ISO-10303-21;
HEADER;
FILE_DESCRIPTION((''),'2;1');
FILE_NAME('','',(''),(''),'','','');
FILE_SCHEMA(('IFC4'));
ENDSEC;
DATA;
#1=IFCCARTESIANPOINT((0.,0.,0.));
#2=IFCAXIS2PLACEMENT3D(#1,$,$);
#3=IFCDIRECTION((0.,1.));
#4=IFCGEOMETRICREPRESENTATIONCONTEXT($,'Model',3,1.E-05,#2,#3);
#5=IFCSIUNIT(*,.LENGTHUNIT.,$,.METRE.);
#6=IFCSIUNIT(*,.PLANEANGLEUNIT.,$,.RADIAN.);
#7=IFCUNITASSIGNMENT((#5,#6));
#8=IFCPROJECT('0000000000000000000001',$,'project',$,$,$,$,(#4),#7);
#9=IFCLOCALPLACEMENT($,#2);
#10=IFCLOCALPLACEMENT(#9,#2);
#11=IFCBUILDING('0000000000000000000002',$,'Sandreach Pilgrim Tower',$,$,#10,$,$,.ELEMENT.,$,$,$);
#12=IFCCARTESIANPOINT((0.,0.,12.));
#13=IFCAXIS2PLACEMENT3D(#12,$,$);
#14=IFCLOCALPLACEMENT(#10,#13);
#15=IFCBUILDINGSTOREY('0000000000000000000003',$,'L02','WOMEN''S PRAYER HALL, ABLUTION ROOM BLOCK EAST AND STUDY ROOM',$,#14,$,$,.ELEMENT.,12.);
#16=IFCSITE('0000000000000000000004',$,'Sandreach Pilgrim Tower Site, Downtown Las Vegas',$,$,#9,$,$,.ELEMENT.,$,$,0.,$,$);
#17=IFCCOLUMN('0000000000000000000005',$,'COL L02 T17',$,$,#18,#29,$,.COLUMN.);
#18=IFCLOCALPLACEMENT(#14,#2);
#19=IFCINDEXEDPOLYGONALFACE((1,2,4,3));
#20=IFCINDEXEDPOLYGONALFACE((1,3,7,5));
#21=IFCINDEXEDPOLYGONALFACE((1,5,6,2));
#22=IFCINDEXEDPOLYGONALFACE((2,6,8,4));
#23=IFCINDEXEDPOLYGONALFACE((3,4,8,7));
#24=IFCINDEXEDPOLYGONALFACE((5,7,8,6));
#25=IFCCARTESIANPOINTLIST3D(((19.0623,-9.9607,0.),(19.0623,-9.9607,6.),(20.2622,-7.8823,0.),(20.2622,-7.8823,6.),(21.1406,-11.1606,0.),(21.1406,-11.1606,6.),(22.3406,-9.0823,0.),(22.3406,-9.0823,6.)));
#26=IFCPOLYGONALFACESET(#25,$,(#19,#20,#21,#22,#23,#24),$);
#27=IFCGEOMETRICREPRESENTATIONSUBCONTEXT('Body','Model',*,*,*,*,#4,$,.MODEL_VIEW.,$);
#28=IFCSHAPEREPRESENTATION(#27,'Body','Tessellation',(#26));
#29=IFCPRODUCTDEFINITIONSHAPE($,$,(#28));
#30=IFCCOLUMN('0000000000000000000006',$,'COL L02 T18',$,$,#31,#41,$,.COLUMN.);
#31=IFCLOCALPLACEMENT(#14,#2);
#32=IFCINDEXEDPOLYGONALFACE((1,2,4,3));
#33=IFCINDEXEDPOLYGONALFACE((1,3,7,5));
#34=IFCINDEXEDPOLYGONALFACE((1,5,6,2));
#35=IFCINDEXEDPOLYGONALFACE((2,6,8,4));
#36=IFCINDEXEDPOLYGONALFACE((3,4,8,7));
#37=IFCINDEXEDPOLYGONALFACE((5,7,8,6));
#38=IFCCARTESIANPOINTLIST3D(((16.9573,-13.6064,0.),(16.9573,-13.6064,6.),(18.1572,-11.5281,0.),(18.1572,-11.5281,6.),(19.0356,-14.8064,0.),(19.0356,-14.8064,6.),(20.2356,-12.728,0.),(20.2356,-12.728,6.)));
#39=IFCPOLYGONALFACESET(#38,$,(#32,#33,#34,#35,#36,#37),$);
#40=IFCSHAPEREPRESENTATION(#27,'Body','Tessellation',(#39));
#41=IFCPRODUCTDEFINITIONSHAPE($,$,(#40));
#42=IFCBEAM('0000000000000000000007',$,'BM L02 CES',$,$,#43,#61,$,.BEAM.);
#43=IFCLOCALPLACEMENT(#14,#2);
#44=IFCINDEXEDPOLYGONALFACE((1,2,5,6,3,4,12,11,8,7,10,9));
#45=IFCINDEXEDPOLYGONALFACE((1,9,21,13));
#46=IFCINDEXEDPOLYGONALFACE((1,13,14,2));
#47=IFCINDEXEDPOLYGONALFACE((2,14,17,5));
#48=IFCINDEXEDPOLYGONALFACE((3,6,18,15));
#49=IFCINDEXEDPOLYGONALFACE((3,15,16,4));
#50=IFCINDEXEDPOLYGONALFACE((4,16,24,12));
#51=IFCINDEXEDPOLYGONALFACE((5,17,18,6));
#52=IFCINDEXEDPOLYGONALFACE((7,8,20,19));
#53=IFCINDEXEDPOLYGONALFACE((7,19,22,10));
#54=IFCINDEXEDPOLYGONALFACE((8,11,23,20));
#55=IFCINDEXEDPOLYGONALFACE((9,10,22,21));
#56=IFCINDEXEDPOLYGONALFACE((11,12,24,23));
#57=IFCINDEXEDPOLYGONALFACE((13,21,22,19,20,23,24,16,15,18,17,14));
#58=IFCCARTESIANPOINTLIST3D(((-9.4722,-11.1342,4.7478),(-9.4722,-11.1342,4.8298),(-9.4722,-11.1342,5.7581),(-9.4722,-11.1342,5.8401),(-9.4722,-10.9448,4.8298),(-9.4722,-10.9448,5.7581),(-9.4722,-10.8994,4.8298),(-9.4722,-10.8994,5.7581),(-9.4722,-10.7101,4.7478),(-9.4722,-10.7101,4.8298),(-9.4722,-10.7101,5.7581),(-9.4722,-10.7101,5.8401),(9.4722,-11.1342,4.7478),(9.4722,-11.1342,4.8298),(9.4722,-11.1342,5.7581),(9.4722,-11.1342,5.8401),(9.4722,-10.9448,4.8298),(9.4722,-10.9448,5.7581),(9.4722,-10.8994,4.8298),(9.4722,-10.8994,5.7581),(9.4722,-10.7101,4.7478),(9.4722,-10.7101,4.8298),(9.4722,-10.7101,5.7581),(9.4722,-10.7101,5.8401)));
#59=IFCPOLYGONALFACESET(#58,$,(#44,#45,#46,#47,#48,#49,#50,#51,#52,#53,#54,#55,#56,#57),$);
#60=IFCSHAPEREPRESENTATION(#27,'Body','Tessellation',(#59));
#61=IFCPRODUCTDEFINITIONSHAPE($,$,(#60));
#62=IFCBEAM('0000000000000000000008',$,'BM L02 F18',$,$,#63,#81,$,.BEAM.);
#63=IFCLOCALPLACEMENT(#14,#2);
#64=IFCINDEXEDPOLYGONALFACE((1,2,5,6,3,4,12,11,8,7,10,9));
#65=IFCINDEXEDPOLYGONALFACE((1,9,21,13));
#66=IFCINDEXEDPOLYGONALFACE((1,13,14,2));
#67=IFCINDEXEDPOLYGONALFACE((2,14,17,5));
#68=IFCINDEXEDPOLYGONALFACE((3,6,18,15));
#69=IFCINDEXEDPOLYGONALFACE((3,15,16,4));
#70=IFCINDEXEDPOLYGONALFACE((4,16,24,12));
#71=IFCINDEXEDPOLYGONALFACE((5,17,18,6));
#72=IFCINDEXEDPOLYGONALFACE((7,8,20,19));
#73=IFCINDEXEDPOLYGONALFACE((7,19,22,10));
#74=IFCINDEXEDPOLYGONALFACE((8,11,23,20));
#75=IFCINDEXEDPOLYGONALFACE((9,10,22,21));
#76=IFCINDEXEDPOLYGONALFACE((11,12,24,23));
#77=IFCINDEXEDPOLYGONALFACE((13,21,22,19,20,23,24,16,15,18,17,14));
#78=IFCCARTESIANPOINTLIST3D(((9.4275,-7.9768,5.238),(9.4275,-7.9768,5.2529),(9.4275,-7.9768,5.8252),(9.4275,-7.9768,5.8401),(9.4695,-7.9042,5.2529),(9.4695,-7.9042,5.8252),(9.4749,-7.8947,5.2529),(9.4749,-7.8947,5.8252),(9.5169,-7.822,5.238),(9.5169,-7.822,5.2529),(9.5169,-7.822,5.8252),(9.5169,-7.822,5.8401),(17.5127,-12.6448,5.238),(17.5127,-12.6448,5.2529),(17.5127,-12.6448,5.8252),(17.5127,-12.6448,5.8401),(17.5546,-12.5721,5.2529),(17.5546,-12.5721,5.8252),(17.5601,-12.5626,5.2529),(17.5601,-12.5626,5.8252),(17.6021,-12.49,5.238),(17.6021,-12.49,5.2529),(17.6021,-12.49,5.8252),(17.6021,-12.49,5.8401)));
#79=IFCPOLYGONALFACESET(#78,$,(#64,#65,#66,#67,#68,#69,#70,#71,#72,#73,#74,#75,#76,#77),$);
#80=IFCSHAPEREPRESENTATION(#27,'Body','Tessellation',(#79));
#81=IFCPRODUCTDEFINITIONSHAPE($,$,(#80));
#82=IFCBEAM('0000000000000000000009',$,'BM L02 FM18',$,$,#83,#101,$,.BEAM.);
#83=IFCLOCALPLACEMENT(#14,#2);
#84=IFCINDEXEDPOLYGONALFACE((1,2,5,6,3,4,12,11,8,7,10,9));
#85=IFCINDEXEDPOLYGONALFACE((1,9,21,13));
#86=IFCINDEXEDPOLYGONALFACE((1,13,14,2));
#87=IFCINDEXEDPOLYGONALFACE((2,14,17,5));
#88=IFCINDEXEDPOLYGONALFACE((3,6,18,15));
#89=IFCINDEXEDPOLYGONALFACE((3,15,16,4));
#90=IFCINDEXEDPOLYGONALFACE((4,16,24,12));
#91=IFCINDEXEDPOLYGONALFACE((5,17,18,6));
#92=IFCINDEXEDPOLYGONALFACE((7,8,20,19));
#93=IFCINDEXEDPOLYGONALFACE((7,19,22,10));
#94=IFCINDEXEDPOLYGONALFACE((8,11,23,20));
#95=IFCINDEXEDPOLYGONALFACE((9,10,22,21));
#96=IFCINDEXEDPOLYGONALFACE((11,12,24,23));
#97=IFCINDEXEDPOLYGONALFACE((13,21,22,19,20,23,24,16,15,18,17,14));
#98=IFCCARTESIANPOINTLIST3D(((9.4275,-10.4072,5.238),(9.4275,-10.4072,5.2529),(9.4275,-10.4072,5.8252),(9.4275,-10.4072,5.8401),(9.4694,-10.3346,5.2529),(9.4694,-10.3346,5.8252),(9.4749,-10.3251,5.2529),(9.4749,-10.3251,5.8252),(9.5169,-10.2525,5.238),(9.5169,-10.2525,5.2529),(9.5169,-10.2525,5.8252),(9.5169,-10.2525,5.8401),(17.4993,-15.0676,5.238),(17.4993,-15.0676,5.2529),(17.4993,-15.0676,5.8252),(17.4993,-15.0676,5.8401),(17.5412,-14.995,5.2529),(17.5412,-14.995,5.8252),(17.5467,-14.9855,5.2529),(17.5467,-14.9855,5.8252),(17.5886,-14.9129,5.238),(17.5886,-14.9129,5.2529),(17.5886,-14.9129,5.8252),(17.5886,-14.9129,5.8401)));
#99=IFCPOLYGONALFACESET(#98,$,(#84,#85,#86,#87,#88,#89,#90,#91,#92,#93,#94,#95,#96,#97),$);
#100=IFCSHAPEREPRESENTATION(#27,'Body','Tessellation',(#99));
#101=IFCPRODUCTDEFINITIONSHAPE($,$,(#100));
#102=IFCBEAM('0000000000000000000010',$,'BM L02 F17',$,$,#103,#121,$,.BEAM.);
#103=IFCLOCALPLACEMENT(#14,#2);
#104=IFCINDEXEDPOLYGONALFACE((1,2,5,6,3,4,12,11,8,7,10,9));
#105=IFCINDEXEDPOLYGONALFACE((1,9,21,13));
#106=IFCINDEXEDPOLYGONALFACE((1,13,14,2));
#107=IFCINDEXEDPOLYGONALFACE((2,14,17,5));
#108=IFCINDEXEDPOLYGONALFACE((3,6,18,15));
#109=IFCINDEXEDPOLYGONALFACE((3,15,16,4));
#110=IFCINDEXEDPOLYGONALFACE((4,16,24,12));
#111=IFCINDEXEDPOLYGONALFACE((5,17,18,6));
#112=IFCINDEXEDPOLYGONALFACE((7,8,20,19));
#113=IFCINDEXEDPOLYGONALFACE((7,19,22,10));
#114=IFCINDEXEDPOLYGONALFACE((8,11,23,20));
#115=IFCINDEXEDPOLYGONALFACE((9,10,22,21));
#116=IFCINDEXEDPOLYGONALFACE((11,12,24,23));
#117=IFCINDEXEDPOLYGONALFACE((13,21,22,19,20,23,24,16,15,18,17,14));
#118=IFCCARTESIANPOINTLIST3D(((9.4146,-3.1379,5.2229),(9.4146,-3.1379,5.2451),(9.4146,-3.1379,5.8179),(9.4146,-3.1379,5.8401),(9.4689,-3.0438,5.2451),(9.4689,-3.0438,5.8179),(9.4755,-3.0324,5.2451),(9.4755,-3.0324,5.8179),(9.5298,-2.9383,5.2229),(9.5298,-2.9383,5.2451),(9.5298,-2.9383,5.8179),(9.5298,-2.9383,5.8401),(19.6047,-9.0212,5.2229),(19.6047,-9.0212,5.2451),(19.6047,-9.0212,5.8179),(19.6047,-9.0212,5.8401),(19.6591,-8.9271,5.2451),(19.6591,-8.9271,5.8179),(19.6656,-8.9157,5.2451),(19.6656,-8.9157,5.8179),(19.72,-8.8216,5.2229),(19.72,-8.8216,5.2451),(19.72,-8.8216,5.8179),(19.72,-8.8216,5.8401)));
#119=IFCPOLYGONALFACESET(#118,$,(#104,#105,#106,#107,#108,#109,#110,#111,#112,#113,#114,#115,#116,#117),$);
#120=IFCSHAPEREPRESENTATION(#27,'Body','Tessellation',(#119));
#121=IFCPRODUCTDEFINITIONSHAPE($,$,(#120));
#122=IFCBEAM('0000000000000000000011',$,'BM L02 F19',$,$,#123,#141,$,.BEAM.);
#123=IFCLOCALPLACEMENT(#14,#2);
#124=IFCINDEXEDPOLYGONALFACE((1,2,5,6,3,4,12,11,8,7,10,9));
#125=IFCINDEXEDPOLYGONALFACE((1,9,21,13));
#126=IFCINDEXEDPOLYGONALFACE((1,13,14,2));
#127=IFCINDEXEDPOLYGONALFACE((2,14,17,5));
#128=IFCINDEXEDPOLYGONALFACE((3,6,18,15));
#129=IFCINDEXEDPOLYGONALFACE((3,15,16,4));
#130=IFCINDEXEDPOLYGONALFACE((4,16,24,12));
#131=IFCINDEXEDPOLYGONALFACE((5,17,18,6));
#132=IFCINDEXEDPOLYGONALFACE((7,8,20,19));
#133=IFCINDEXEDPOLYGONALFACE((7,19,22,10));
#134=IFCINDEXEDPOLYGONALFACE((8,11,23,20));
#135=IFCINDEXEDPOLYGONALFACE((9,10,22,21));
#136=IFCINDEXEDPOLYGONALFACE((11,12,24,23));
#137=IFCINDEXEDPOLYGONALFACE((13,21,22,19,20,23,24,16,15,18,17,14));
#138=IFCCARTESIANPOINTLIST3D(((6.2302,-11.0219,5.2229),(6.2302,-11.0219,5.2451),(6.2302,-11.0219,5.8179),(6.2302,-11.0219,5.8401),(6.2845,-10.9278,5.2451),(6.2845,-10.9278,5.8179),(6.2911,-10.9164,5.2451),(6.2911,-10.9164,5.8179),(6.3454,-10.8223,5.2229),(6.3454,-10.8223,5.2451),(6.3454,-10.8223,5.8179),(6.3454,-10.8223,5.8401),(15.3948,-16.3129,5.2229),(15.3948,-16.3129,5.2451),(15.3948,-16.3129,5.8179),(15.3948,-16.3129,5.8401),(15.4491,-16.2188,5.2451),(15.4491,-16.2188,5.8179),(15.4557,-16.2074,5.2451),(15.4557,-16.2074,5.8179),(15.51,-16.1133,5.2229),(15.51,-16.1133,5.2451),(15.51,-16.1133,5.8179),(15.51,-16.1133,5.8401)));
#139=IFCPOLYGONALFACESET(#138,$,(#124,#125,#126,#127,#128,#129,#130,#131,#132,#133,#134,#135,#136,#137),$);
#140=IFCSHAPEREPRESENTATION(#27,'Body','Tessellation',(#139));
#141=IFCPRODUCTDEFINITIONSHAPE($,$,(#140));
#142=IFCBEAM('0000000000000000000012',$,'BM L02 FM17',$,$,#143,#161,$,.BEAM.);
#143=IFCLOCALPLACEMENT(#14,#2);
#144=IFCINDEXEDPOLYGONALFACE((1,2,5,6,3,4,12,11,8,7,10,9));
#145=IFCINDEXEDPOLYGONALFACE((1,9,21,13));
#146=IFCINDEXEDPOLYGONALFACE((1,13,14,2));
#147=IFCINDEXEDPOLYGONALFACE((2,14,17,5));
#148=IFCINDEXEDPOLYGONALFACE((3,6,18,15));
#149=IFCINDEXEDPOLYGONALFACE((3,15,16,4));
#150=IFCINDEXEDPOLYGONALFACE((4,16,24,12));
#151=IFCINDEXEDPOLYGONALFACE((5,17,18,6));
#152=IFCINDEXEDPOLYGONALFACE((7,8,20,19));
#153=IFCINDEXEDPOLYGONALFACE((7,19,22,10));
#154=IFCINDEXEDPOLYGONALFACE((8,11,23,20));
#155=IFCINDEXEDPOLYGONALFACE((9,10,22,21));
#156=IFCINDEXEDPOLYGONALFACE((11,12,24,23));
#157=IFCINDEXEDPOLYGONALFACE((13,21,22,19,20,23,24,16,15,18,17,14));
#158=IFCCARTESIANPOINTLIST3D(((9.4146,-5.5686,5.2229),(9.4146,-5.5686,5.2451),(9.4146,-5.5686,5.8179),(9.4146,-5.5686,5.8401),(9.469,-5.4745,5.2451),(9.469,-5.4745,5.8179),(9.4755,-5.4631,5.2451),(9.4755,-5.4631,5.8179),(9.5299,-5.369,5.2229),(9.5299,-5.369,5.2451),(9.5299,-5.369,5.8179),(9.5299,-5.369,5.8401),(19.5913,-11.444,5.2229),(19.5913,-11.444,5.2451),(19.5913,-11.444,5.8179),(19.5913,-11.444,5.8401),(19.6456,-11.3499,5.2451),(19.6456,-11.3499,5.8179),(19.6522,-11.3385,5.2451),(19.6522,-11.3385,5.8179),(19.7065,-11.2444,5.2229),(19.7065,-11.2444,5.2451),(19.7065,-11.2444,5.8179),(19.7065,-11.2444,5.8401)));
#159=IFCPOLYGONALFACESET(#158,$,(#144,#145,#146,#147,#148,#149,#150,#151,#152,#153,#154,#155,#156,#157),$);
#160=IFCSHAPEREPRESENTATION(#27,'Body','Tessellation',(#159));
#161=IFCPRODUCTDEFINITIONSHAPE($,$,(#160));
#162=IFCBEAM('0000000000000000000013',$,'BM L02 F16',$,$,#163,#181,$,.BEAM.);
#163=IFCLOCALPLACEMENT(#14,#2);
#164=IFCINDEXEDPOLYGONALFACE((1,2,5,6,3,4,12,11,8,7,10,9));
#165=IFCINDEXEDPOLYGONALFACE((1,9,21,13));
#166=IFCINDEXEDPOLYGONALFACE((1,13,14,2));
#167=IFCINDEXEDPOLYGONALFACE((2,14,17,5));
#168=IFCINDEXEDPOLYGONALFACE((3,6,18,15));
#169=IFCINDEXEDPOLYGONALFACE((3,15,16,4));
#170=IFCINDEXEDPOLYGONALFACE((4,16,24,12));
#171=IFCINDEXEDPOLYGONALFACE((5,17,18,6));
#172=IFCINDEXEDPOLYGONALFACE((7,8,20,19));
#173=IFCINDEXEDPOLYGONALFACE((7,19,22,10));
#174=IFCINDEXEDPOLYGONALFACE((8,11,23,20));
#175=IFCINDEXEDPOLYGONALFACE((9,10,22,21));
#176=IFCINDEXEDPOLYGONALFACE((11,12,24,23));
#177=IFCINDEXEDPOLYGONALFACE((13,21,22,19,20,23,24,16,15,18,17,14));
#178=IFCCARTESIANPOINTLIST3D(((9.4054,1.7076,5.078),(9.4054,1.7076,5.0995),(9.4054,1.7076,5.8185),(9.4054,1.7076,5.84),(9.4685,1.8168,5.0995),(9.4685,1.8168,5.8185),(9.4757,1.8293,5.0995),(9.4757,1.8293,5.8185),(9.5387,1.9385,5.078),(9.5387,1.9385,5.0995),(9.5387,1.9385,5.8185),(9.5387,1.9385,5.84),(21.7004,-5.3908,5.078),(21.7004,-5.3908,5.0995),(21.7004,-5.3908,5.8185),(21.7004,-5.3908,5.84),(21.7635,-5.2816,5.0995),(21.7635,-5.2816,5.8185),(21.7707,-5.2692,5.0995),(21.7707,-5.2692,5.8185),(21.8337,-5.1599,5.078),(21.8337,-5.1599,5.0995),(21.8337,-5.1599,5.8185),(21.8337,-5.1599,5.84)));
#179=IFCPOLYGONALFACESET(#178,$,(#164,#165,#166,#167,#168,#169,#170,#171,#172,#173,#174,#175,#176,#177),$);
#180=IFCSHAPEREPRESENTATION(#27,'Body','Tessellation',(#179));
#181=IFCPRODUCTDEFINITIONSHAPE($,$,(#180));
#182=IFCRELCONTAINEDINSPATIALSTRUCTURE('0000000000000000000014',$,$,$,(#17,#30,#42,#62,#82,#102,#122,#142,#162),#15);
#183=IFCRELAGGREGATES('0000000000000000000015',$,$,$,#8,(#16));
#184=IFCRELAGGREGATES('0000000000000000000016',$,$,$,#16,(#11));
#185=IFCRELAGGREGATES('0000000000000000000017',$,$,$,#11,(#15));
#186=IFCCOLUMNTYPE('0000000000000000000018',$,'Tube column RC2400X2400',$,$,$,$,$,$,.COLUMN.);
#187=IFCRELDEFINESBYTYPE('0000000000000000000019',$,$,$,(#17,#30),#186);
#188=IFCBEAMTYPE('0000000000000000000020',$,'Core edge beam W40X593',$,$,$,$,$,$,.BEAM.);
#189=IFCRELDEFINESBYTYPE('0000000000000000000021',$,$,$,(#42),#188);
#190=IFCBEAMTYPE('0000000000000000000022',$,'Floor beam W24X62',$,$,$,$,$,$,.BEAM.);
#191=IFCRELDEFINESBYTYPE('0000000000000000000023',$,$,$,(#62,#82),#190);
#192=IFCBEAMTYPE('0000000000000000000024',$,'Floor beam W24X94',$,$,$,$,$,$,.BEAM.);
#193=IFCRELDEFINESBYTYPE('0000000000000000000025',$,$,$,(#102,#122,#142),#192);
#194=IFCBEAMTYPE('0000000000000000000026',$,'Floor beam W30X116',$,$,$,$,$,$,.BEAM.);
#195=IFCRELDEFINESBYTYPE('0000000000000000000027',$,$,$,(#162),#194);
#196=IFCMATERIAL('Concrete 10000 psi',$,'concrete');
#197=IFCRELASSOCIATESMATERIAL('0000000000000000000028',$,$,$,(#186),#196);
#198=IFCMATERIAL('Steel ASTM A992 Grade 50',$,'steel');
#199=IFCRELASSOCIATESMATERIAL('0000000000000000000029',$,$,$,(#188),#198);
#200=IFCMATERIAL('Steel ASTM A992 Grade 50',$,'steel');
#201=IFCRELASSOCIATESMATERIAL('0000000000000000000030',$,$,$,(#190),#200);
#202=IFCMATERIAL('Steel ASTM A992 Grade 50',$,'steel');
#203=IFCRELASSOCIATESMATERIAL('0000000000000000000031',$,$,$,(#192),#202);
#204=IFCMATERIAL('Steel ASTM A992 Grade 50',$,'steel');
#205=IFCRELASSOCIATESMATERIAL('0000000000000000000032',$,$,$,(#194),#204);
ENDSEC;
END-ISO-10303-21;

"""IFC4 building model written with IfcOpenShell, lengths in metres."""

from ifc_helpers import new_model, si_unit, direction, frame, origin, origin_2d, place, context, subcontext, project, spatial, rectangle, i_section, extrude, material, material_profile, profile_set, type_object, element, save


model = new_model("IFC4")

# Units and contexts
model_context = context("Model", 3, precision=1e-05, world=origin(), true_north=direction((0.0, 1.0)))
body_context = subcontext(model_context, "Body", "Model", "MODEL_VIEW")
ifc_project = project(units=[si_unit("LENGTHUNIT", "METRE"), si_unit("PLANEANGLEUNIT", "RADIAN")], contexts=[model_context])

# Site, building, storey
site_placement = place(None, origin())
site = spatial("IfcSite", under=ifc_project, at=site_placement, Name="Sandreach Pilgrim Tower Site, Downtown Las Vegas", CompositionType="ELEMENT", RefElevation=0.0)
building_placement = place(site_placement, origin())
building = spatial("IfcBuilding", under=site, at=building_placement, Name="Sandreach Pilgrim Tower", CompositionType="ELEMENT")
storey_placement = place(building_placement, frame((0.0, 0.0, 12.0)))
storey = spatial("IfcBuildingStorey", under=building, at=storey_placement, Name="L02", Description="WOMEN'S PRAYER HALL, ABLUTION ROOM BLOCK EAST AND STUDY ROOM", CompositionType="ELEMENT", Elevation=12.0)

# Columns
ifc_material_1 = material(Name="Concrete 10000 psi", Category="concrete")
ifc_material_profile_1 = material_profile(ifc_material_1, rectangle(XDim=2.3999, YDim=2.3999, at=origin_2d()), Name="RC2400X2400")
ifc_profile_set_1 = profile_set([ifc_material_profile_1], Name="Concrete 10000 psi")
column_type = type_object("IfcColumnType", Name="Tube column RC2400X2400", PredefinedType="COLUMN", material=ifc_profile_set_1)
for number, where, z_axis, x_axis, name in (
    (1, (20.7014, -9.5215, 0.0), (0.0, 0.0, 1.0), (0.866025, -0.5, 0.0), "COL L02 T17"),
    (2, (18.5964, -13.1672, 0.0), (0.0, 0.0, 1.0), (0.866025, -0.5, 0.0), "COL L02 T18"),
):
    element("IfcColumn", number, at=place(storey_placement, frame(where, z_axis=z_axis, x_axis=x_axis)), inside=storey, type_object=column_type, Name=name, PredefinedType="COLUMN", context=body_context, shape_type="SweptSolid", body=[
        extrude(rectangle(XDim=2.3999, YDim=2.3999, at=origin_2d()), origin(), (0.0, 0.0, 1.0), 6.0),
    ])

# Beams
ifc_material_2 = material(Name="Steel ASTM A992 Grade 50", Category="steel")
ifc_material_profile_2 = material_profile(ifc_material_2, i_section(OverallWidth=0.4241, OverallDepth=1.0923, WebThickness=0.0454, FlangeThickness=0.082, at=origin_2d()), Name="W40X593")
ifc_profile_set_2 = profile_set([ifc_material_profile_2], Name="Steel ASTM A992 Grade 50")
beam_type_1 = type_object("IfcBeamType", Name="Core edge beam W40X593", PredefinedType="BEAM", material=ifc_profile_set_2)
beam_1_placement = place(storey_placement, frame((9.4722, -10.9221, 5.2939), z_axis=(-1.0, 0.0, 0.0), x_axis=(0.0, -1.0, 0.0)))
element("IfcBeam", 3, at=beam_1_placement, inside=storey, type_object=beam_type_1, Name="BM L02 CES", PredefinedType="BEAM", context=body_context, shape_type="SweptSolid", body=[
    extrude(i_section(OverallWidth=0.4241, OverallDepth=1.0923, WebThickness=0.0454, FlangeThickness=0.082, at=origin_2d()), origin(), (0.0, 0.0, 1.0), 18.9443),
])
ifc_material_3 = material(Name="Steel ASTM A992 Grade 50", Category="steel")
ifc_material_profile_3 = material_profile(ifc_material_3, i_section(OverallWidth=0.1787, OverallDepth=0.6021, WebThickness=0.011, FlangeThickness=0.0149, at=origin_2d()), Name="W24X62")
ifc_profile_set_3 = profile_set([ifc_material_profile_3], Name="Steel ASTM A992 Grade 50")
beam_type_2 = type_object("IfcBeamType", Name="Floor beam W24X62", PredefinedType="BEAM", material=ifc_profile_set_3)
beam_2_placement = place(storey_placement, frame((17.5574, -12.5674, 5.5391), z_axis=(-0.866027, 0.499998, 0.0), x_axis=(-0.499998, -0.866027, 0.0)))
element("IfcBeam", 4, at=beam_2_placement, inside=storey, type_object=beam_type_2, Name="BM L02 F18", PredefinedType="BEAM", context=body_context, shape_type="SweptSolid", body=[
    extrude(i_section(OverallWidth=0.1787, OverallDepth=0.6021, WebThickness=0.011, FlangeThickness=0.0149, at=origin_2d()), origin(), (0.0, 0.0, 1.0), 9.3359),
])
beam_3_placement = place(storey_placement, frame((17.5439, -14.9902, 5.5391), z_axis=(-0.866018, 0.500013, 0.0), x_axis=(-0.500013, -0.866018, 0.0)))
element("IfcBeam", 5, at=beam_3_placement, inside=storey, type_object=beam_type_2, Name="BM L02 FM18", PredefinedType="BEAM", context=body_context, shape_type="SweptSolid", body=[
    extrude(i_section(OverallWidth=0.1787, OverallDepth=0.6021, WebThickness=0.011, FlangeThickness=0.0149, at=origin_2d()), origin(), (0.0, 0.0, 1.0), 9.3206),
])
ifc_material_4 = material(Name="Steel ASTM A992 Grade 50", Category="steel")
ifc_material_profile_4 = material_profile(ifc_material_4, i_section(OverallWidth=0.2305, OverallDepth=0.6172, WebThickness=0.0132, FlangeThickness=0.0222, at=origin_2d()), Name="W24X94")
ifc_profile_set_4 = profile_set([ifc_material_profile_4], Name="Steel ASTM A992 Grade 50")
beam_type_3 = type_object("IfcBeamType", Name="Floor beam W24X94", PredefinedType="BEAM", material=ifc_profile_set_4)
beam_4_placement = place(storey_placement, frame((19.6624, -8.9214, 5.5315), z_axis=(-0.866026, 0.5, 0.0), x_axis=(-0.5, -0.866026, 0.0)))
element("IfcBeam", 6, at=beam_4_placement, inside=storey, type_object=beam_type_3, Name="BM L02 F17", PredefinedType="BEAM", context=body_context, shape_type="SweptSolid", body=[
    extrude(i_section(OverallWidth=0.2305, OverallDepth=0.6172, WebThickness=0.0132, FlangeThickness=0.0222, at=origin_2d()), origin(), (0.0, 0.0, 1.0), 11.7666),
])
beam_5_placement = place(storey_placement, frame((15.4524, -16.2131, 5.5315), z_axis=(-0.866031, 0.49999, 0.0), x_axis=(-0.49999, -0.866031, 0.0)))
element("IfcBeam", 7, at=beam_5_placement, inside=storey, type_object=beam_type_3, Name="BM L02 F19", PredefinedType="BEAM", context=body_context, shape_type="SweptSolid", body=[
    extrude(i_section(OverallWidth=0.2305, OverallDepth=0.6172, WebThickness=0.0132, FlangeThickness=0.0222, at=origin_2d()), origin(), (0.0, 0.0, 1.0), 10.5823),
])
beam_6_placement = place(storey_placement, frame((19.6489, -11.3442, 5.5315), z_axis=(-0.866028, 0.499996, 0.0), x_axis=(-0.499996, -0.866028, 0.0)))
element("IfcBeam", 8, at=beam_6_placement, inside=storey, type_object=beam_type_3, Name="BM L02 FM17", PredefinedType="BEAM", context=body_context, shape_type="SweptSolid", body=[
    extrude(i_section(OverallWidth=0.2305, OverallDepth=0.6172, WebThickness=0.0132, FlangeThickness=0.0222, at=origin_2d()), origin(), (0.0, 0.0, 1.0), 11.751),
])
ifc_material_5 = material(Name="Steel ASTM A992 Grade 50", Category="steel")
ifc_material_profile_5 = material_profile(ifc_material_5, i_section(OverallWidth=0.2666, OverallDepth=0.762, WebThickness=0.0144, FlangeThickness=0.0215, at=origin_2d()), Name="W30X116")
ifc_profile_set_5 = profile_set([ifc_material_profile_5], Name="Steel ASTM A992 Grade 50")
beam_type_4 = type_object("IfcBeamType", Name="Floor beam W30X116", PredefinedType="BEAM", material=ifc_profile_set_5)
beam_7_placement = place(storey_placement, frame((21.7671, -5.2754, 5.459), z_axis=(-0.866028, 0.499995, 0.0), x_axis=(-0.499995, -0.866028, 0.0)))
element("IfcBeam", 9, at=beam_7_placement, inside=storey, type_object=beam_type_4, Name="BM L02 F16", PredefinedType="BEAM", context=body_context, shape_type="SweptSolid", body=[
    extrude(i_section(OverallWidth=0.2666, OverallDepth=0.762, WebThickness=0.0144, FlangeThickness=0.0215, at=origin_2d()), origin(), (0.0, 0.0, 1.0), 14.197),
])

save(model, "model.ifc")
